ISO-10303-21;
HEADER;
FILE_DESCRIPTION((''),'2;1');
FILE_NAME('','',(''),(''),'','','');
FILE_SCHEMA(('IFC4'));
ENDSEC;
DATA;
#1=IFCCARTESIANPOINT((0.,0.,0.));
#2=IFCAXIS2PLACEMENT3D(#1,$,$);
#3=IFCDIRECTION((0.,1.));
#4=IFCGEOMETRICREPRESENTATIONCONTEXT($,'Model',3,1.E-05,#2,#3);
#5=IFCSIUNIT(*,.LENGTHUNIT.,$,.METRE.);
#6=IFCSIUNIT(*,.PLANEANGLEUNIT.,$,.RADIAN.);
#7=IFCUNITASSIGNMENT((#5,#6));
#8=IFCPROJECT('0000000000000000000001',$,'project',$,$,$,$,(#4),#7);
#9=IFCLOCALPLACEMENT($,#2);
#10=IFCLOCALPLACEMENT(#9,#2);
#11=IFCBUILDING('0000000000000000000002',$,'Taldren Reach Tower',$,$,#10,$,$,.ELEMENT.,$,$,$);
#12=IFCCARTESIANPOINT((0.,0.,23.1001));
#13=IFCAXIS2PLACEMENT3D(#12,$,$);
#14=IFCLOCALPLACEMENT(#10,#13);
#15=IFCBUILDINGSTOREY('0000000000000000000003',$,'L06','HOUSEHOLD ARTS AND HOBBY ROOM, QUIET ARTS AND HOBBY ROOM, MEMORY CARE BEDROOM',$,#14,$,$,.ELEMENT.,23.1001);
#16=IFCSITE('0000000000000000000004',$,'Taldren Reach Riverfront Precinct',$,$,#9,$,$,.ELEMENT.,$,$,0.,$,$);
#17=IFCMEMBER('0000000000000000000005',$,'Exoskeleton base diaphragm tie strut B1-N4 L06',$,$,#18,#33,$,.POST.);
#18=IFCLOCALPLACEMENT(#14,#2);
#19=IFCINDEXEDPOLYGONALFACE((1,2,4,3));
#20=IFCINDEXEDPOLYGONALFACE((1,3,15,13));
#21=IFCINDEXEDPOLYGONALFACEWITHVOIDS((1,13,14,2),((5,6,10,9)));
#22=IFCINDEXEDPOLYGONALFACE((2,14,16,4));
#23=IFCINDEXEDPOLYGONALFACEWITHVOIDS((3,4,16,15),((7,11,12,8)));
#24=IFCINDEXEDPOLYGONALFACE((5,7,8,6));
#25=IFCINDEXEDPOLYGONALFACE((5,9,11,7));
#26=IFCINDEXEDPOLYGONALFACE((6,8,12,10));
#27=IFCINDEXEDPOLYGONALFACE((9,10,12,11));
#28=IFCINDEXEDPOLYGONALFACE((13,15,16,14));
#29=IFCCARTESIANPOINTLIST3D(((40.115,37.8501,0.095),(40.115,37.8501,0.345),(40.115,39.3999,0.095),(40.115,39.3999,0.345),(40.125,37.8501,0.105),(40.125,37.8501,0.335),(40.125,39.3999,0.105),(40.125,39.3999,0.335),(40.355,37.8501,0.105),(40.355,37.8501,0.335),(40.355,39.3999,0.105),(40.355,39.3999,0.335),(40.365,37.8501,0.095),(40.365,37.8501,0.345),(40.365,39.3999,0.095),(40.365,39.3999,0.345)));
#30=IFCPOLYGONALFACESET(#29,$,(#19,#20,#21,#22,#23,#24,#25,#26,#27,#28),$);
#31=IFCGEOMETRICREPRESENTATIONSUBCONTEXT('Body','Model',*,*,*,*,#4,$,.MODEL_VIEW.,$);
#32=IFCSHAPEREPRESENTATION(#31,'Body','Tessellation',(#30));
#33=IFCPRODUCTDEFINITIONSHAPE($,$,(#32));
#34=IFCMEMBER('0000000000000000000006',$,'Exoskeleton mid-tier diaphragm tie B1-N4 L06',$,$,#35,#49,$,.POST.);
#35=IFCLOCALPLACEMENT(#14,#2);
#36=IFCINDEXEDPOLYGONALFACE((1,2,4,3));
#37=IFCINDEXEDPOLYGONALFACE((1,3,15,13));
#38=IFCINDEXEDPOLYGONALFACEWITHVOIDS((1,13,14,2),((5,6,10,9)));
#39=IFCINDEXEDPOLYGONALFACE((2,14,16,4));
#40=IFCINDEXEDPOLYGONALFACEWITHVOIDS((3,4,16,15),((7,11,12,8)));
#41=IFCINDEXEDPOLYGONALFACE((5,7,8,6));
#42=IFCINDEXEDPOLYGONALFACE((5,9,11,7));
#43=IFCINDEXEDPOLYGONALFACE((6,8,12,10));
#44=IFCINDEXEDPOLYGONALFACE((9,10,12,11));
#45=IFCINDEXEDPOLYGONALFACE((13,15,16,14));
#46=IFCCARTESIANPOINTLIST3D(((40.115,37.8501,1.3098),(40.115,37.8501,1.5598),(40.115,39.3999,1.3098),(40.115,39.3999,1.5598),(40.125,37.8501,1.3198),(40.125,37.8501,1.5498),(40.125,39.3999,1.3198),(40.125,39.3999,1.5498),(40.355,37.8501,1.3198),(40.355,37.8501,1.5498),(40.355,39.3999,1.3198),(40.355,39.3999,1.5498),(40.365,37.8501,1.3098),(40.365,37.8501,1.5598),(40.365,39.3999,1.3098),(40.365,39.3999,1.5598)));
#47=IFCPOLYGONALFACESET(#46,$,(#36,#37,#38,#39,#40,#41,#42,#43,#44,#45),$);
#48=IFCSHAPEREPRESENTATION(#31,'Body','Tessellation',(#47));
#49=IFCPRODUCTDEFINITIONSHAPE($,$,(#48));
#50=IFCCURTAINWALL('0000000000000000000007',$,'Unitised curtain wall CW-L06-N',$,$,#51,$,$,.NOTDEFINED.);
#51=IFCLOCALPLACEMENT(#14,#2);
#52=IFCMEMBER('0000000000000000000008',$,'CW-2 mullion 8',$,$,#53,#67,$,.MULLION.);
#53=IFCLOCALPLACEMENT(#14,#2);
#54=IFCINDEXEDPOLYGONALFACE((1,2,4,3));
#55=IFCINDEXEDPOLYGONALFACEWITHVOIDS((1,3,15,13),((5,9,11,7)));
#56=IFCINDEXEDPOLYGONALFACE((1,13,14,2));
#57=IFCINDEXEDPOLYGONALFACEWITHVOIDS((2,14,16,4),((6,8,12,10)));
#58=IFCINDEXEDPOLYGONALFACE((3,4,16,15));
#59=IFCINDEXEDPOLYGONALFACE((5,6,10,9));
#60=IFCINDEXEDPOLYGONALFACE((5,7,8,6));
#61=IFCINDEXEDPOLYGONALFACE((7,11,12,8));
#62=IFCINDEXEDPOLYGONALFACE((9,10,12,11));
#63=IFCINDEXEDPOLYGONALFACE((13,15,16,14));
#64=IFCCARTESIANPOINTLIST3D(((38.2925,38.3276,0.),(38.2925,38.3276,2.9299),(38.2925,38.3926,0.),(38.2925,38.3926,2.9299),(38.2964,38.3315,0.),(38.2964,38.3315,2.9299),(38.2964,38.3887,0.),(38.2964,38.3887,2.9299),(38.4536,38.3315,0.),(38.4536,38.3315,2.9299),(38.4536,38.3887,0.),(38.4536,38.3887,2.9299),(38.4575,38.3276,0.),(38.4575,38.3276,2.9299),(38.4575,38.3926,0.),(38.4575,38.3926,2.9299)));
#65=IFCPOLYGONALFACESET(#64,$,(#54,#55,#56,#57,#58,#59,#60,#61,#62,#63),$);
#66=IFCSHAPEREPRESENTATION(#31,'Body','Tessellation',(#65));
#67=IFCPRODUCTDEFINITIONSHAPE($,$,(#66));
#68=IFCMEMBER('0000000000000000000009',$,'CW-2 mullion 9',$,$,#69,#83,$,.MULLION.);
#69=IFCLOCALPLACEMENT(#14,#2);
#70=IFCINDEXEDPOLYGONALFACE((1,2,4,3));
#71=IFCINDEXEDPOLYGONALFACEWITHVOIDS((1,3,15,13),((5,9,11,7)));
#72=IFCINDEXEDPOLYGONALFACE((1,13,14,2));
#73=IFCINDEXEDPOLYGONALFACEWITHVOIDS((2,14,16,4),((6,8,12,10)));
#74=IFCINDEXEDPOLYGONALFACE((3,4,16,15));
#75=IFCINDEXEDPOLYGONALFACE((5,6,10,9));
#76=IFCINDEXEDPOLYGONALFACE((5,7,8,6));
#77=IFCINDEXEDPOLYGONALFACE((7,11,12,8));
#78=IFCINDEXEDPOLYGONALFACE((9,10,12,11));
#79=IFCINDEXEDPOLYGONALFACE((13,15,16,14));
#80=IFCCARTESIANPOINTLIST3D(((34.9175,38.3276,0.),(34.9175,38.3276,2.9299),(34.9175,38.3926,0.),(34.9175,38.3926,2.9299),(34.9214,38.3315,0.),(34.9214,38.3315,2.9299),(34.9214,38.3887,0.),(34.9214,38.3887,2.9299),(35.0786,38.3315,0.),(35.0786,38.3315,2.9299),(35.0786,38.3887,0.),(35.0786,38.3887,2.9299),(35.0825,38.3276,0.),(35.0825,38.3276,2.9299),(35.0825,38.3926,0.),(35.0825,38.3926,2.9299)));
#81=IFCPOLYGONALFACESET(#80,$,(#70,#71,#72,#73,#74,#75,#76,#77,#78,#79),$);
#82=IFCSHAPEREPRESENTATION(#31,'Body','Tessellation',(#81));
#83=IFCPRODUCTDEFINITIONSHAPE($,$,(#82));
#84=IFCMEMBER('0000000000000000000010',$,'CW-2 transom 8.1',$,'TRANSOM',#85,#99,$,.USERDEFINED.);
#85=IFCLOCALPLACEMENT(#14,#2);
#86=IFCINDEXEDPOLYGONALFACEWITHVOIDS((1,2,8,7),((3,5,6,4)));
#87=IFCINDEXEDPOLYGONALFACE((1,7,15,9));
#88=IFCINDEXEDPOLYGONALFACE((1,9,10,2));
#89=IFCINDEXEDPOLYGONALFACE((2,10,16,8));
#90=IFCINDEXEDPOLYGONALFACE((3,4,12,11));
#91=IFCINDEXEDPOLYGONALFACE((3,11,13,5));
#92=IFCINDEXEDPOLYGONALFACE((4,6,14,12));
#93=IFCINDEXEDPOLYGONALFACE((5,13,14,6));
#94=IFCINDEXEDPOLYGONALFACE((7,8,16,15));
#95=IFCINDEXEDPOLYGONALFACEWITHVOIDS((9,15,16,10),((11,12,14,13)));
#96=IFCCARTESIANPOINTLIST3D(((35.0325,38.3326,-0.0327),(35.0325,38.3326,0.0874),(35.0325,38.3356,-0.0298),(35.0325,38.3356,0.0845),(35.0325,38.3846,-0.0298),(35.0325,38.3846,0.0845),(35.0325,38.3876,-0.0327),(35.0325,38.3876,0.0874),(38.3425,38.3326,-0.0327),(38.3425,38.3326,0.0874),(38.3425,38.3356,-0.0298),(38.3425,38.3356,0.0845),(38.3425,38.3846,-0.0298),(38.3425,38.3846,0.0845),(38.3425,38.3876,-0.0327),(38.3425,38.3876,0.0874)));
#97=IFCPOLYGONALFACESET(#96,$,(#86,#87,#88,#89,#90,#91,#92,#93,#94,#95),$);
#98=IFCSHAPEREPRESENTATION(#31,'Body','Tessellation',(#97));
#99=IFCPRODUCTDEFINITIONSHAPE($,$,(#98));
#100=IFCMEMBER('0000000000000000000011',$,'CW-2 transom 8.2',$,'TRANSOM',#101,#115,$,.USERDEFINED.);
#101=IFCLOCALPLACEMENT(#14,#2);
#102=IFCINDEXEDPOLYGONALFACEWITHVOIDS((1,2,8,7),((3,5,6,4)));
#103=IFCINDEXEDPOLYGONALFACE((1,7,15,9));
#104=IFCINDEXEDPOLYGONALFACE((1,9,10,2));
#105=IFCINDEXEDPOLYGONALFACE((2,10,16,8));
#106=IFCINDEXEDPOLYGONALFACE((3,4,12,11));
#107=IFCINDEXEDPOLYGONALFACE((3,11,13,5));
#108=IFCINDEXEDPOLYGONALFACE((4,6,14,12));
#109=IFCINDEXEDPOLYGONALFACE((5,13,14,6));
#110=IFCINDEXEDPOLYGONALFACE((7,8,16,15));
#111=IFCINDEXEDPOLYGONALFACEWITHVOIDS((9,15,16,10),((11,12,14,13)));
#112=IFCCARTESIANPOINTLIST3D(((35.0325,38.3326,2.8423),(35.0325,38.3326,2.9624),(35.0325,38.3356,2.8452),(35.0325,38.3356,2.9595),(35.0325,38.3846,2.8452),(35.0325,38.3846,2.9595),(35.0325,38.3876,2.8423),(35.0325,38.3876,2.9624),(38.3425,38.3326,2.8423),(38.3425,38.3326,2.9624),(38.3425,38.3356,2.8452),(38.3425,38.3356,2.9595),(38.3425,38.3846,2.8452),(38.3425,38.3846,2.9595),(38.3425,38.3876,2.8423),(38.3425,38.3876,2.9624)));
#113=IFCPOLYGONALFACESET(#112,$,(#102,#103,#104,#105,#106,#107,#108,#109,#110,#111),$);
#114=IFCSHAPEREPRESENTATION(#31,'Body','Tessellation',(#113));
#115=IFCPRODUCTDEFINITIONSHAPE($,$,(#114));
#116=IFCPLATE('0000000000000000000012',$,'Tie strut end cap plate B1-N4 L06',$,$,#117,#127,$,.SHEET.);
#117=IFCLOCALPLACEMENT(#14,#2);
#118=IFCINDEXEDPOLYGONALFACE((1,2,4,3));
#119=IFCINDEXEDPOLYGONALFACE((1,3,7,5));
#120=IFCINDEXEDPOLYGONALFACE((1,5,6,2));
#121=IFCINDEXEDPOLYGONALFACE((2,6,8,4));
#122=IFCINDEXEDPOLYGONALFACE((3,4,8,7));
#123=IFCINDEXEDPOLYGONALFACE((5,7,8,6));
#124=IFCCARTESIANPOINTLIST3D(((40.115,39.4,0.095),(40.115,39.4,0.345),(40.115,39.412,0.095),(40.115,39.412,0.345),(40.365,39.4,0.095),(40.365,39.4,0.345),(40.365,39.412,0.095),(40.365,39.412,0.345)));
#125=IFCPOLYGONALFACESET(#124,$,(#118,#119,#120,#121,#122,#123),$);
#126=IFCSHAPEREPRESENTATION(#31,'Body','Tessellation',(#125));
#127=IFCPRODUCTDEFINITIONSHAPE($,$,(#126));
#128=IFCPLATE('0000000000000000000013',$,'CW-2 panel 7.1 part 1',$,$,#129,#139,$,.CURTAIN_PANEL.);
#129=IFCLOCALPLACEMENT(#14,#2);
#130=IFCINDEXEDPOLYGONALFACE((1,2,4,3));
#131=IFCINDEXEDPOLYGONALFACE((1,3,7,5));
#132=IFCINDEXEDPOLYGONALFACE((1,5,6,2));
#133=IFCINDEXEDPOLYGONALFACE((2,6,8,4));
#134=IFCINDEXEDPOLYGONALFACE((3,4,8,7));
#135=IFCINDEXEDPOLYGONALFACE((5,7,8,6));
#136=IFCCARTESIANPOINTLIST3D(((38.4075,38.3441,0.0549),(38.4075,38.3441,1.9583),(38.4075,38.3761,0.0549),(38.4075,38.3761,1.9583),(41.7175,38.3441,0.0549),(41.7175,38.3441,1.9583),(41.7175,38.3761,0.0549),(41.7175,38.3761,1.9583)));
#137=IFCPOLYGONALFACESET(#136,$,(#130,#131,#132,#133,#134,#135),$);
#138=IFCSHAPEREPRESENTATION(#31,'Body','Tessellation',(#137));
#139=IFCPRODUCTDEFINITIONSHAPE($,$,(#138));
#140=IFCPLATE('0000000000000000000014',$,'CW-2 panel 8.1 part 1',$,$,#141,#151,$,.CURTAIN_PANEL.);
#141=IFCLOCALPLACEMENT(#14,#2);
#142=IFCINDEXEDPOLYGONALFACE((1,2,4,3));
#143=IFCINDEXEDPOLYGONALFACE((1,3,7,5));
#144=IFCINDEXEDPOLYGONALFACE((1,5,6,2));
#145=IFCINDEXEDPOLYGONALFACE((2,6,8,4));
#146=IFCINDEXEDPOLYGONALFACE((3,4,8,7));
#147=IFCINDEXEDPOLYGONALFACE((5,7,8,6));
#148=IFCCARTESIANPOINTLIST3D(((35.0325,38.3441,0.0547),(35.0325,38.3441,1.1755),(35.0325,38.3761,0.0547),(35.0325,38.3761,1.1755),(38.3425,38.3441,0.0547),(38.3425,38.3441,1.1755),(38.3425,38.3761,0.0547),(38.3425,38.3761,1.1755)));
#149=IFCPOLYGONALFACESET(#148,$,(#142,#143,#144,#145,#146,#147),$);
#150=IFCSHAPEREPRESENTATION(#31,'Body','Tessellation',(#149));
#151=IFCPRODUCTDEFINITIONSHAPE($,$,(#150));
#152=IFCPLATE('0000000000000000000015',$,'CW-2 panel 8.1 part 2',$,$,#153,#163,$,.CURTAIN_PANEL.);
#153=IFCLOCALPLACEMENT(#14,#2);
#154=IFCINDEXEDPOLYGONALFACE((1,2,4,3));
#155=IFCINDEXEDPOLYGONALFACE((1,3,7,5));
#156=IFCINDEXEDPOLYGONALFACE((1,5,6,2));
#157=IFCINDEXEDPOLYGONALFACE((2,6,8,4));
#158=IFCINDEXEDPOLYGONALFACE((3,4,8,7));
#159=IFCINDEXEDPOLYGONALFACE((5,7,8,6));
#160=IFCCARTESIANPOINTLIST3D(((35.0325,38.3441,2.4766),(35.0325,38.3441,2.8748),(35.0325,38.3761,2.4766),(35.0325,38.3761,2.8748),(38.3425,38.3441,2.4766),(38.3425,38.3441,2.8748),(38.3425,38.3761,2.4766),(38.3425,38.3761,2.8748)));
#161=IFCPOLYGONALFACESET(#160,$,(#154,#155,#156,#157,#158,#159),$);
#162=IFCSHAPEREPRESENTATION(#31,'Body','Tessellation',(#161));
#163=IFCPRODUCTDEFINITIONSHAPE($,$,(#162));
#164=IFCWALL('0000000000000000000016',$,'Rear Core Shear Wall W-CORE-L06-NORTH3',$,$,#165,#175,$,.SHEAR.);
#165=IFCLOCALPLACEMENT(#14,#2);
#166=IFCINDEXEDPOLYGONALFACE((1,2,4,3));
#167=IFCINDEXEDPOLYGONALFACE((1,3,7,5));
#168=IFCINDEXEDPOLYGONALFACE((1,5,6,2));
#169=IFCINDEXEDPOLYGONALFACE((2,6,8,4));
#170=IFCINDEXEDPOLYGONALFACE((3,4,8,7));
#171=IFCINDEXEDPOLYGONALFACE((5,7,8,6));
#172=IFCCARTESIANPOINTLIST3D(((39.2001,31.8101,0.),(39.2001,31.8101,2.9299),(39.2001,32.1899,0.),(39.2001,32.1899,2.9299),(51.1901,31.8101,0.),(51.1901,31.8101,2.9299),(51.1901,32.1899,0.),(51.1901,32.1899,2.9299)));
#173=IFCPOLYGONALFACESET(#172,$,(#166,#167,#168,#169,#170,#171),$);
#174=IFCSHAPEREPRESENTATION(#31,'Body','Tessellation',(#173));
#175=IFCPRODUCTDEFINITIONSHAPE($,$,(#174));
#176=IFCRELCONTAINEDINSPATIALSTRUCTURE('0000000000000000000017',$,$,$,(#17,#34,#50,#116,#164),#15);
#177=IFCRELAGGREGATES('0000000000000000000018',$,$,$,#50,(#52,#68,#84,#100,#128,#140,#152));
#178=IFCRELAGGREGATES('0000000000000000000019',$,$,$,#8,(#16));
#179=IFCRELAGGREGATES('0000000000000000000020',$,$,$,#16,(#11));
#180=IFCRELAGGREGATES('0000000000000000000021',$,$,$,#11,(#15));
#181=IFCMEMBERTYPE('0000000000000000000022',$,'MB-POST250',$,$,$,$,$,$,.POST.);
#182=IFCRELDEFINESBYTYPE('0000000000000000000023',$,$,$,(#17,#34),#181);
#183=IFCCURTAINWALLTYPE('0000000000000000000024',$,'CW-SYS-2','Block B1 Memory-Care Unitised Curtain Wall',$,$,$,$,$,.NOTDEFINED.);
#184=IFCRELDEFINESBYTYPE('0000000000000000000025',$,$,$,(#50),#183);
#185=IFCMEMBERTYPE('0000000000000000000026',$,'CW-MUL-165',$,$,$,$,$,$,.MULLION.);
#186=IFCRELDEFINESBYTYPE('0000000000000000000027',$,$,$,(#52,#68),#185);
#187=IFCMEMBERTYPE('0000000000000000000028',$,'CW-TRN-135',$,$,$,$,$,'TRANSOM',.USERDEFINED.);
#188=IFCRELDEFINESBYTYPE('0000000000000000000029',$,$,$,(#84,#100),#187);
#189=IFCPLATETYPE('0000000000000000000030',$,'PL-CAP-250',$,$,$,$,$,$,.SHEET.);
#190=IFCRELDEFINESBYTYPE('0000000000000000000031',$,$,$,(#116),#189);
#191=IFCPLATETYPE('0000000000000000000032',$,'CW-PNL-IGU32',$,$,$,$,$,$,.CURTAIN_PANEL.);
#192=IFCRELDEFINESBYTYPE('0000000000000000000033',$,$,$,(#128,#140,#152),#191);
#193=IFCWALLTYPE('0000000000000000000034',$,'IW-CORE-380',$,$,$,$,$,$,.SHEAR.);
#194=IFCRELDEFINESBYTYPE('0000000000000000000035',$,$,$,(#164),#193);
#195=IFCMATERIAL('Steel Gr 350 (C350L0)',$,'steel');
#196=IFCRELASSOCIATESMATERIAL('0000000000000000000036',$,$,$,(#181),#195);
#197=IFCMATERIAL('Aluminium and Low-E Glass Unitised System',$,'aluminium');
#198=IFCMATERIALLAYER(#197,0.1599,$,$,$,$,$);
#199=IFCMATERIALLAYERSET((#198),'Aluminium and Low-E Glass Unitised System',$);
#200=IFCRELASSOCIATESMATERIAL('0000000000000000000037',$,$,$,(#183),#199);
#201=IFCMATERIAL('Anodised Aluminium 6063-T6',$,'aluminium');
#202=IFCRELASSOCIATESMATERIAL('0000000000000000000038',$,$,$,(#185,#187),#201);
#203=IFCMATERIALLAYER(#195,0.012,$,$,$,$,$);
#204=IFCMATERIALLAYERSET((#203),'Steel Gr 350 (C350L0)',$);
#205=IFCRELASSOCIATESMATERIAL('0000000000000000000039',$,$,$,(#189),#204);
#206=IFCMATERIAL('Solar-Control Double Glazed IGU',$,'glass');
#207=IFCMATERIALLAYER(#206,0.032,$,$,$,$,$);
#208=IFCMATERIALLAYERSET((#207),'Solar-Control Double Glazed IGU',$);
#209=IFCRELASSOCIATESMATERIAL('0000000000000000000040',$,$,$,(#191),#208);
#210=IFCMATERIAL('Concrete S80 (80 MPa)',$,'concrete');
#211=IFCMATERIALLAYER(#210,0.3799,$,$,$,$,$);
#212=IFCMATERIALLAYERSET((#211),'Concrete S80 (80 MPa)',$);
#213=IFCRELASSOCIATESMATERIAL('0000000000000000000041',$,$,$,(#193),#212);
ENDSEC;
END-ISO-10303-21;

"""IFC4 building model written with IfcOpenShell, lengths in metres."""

from ifc_helpers import new_model, si_unit, direction, frame, frame_2d, origin, origin_2d, place, context, subcontext, project, spatial, rectangle, hollow_rectangle, extrude, source, transform, mapped, material, layer, layer_set, material_profile, profile_set, type_object, element, aggregate, save


model = new_model("IFC4")

# Units and contexts
model_context = context("Model", 3, precision=1e-05, world=origin(), true_north=direction((0.0, 1.0)))
body_context = subcontext(model_context, "Body", "Model", "MODEL_VIEW")
ifc_project = project(units=[si_unit("LENGTHUNIT", "METRE"), si_unit("PLANEANGLEUNIT", "RADIAN")], contexts=[model_context])

# Site, building, storey
site_placement = place(None, origin())
site = spatial("IfcSite", under=ifc_project, at=site_placement, Name="Taldren Reach Riverfront Precinct", CompositionType="ELEMENT", RefElevation=0.0)
building_placement = place(site_placement, origin())
building = spatial("IfcBuilding", under=site, at=building_placement, Name="Taldren Reach Tower", CompositionType="ELEMENT")
storey_placement = place(building_placement, frame((0.0, 0.0, 23.1001)))
storey = spatial("IfcBuildingStorey", under=building, at=storey_placement, Name="L06", Description="HOUSEHOLD ARTS AND HOBBY ROOM, QUIET ARTS AND HOBBY ROOM, MEMORY CARE BEDROOM", CompositionType="ELEMENT", Elevation=23.1001)

# Members
ifc_material_1 = material(Name="Steel Gr 350 (C350L0)", Category="steel")
ifc_material_profile_1 = material_profile(ifc_material_1, hollow_rectangle(XDim=0.25, YDim=0.25, WallThickness=0.01, at=origin_2d()), Name="250x250x10.0SHS")
ifc_profile_set_1 = profile_set([ifc_material_profile_1], Name="Steel Gr 350 (C350L0)")
member_type_1 = type_object("IfcMemberType", Name="MB-POST250", PredefinedType="POST", material=ifc_profile_set_1)
shared_shape_1 = source(origin(), body_context, "Body", "SweptSolid", [
    extrude(hollow_rectangle(XDim=0.25, YDim=0.25, WallThickness=0.01, at=origin_2d()), origin(), (0.0, 0.0, 1.0), 1.5498),
])
for number, where, z_axis, x_axis, name in (
    (1, (40.24, 37.8501, 0.22), (0.0, 1.0, 0.0), (-1.0, 0.0, 0.0), "Exoskeleton base diaphragm tie strut B1-N4 L06"),
    (2, (40.24, 37.8501, 1.4348), (0.0, 1.0, 0.0), (-1.0, 0.0, 0.0), "Exoskeleton mid-tier diaphragm tie B1-N4 L06"),
):
    element("IfcMember", number, at=place(storey_placement, frame(where, z_axis=z_axis, x_axis=x_axis)), inside=storey, type_object=member_type_1, Name=name, PredefinedType="POST", context=body_context, shape_type="MappedRepresentation", body=[
        mapped(shared_shape_1, transform((0.0, 0.0, 0.0), scale=1.0)),
    ])

# Curtain wall, members
ifc_material_2 = material(Name="Aluminium and Low-E Glass Unitised System", Category="aluminium")
ifc_layer_1 = layer(ifc_material_2, 0.1599)
ifc_layer_set_1 = layer_set([ifc_layer_1], Name="Aluminium and Low-E Glass Unitised System")
curtain_wall_type = type_object("IfcCurtainWallType", Name="CW-SYS-2", Description="Block B1 Memory-Care Unitised Curtain Wall", PredefinedType="NOTDEFINED", material=ifc_layer_set_1)
curtain_wall_placement = place(storey_placement, origin())
curtain_wall = element("IfcCurtainWall", 3, at=curtain_wall_placement, inside=storey, type_object=curtain_wall_type, Name="Unitised curtain wall CW-L06-N", PredefinedType="NOTDEFINED")
ifc_material_3 = material(Name="Anodised Aluminium 6063-T6", Category="aluminium")
ifc_material_profile_2 = material_profile(ifc_material_3, hollow_rectangle(XDim=0.0649, YDim=0.165, WallThickness=0.0039, at=origin_2d()), Name="ALU-165x65x4RHS")
ifc_profile_set_2 = profile_set([ifc_material_profile_2], Name="Anodised Aluminium 6063-T6")
member_type_2 = type_object("IfcMemberType", Name="CW-MUL-165", PredefinedType="MULLION", material=ifc_profile_set_2)
shared_shape_2 = source(origin(), body_context, "Body", "SweptSolid", [
    extrude(hollow_rectangle(XDim=0.0649, YDim=0.165, WallThickness=0.0039, at=origin_2d()), origin(), (0.0, 0.0, 1.0), 2.9299),
])
member_1_placement = place(storey_placement, frame((38.375, 38.3601, 0.0), z_axis=(0.0, 0.0, 1.0), x_axis=(0.0, -1.0, 0.0)))
member_1 = element("IfcMember", 4, at=member_1_placement, type_object=member_type_2, Name="CW-2 mullion 8", PredefinedType="MULLION", context=body_context, shape_type="MappedRepresentation", body=[
    mapped(shared_shape_2, transform((0.0, 0.0, 0.0), scale=1.0)),
])
member_2_placement = place(storey_placement, frame((35.0, 38.3601, 0.0), z_axis=(0.0, 0.0, 1.0), x_axis=(0.0, -1.0, 0.0)))
member_2 = element("IfcMember", 5, at=member_2_placement, type_object=member_type_2, Name="CW-2 mullion 9", PredefinedType="MULLION", context=body_context, shape_type="MappedRepresentation", body=[
    mapped(shared_shape_2, transform((0.0, 0.0, 0.0), scale=1.0)),
])
ifc_material_profile_3 = material_profile(ifc_material_3, hollow_rectangle(XDim=0.0549, YDim=0.1201, WallThickness=0.0029, at=origin_2d()), Name="ALU-120x55x3RHS")
ifc_profile_set_3 = profile_set([ifc_material_profile_3], Name="Anodised Aluminium 6063-T6")
member_type_3 = type_object("IfcMemberType", Name="CW-TRN-135", ElementType="TRANSOM", PredefinedType="USERDEFINED", material=ifc_profile_set_3)
shared_shape_3 = source(origin(), body_context, "Body", "SweptSolid", [
    extrude(hollow_rectangle(XDim=0.0549, YDim=0.1201, WallThickness=0.0029, at=origin_2d()), origin(), (0.0, 0.0, 1.0), 3.3101),
])
member_3_placement = place(storey_placement, frame((38.3425, 38.3601, 0.0273), z_axis=(-1.0, 0.0, 0.0), x_axis=(0.0, -1.0, 0.0)))
member_3 = element("IfcMember", 6, at=member_3_placement, type_object=member_type_3, Name="CW-2 transom 8.1", ObjectType="TRANSOM", PredefinedType="USERDEFINED", context=body_context, shape_type="MappedRepresentation", body=[
    mapped(shared_shape_3, transform((0.0, 0.0, 0.0), scale=1.0)),
])
member_4_placement = place(storey_placement, frame((38.3425, 38.3601, 2.9023), z_axis=(-1.0, 0.0, 0.0), x_axis=(0.0, -1.0, 0.0)))
member_4 = element("IfcMember", 7, at=member_4_placement, type_object=member_type_3, Name="CW-2 transom 8.2", ObjectType="TRANSOM", PredefinedType="USERDEFINED", context=body_context, shape_type="MappedRepresentation", body=[
    mapped(shared_shape_3, transform((0.0, 0.0, 0.0), scale=1.0)),
])

# Plates
ifc_layer_2 = layer(ifc_material_1, 0.012)
ifc_layer_set_2 = layer_set([ifc_layer_2], Name="Steel Gr 350 (C350L0)")
plate_type_1 = type_object("IfcPlateType", Name="PL-CAP-250", PredefinedType="SHEET", material=ifc_layer_set_2)
shared_shape_4 = source(origin(), body_context, "Body", "SweptSolid", [
    extrude(rectangle(XDim=0.25, YDim=0.012, at=origin_2d()), origin(), (0.0, 0.0, 1.0), 0.25),
])
plate_1_placement = place(storey_placement, frame((40.24, 39.406, 0.095), z_axis=(0.0, 0.0, 1.0), x_axis=(1.0, 0.0, 0.0)))
element("IfcPlate", 8, at=plate_1_placement, inside=storey, type_object=plate_type_1, Name="Tie strut end cap plate B1-N4 L06", PredefinedType="SHEET", context=body_context, shape_type="MappedRepresentation", body=[
    mapped(shared_shape_4, transform((0.0, 0.0, 0.0), scale=1.0)),
])
ifc_material_4 = material(Name="Solar-Control Double Glazed IGU", Category="glass")
ifc_layer_3 = layer(ifc_material_4, 0.032)
ifc_layer_set_3 = layer_set([ifc_layer_3], Name="Solar-Control Double Glazed IGU")
plate_type_2 = type_object("IfcPlateType", Name="CW-PNL-IGU32", PredefinedType="CURTAIN_PANEL", material=ifc_layer_set_3)
shared_shape_5 = source(origin(), body_context, "Body", "SweptSolid", [
    extrude(rectangle(XDim=3.3101, YDim=0.032, at=origin_2d()), origin(), (0.0, 0.0, 1.0), 1.9033),
])
plate_2_placement = place(storey_placement, frame((40.0625, 38.3601, 0.0549), z_axis=(0.0, 0.0, 1.0), x_axis=(-1.0, 0.0, 0.0)))
plate_2 = element("IfcPlate", 9, at=plate_2_placement, type_object=plate_type_2, Name="CW-2 panel 7.1 part 1", PredefinedType="CURTAIN_PANEL", context=body_context, shape_type="MappedRepresentation", body=[
    mapped(shared_shape_5, transform((0.0, 0.0, 0.0), scale=1.0)),
])
shared_shape_6 = source(origin(), body_context, "Body", "SweptSolid", [
    extrude(rectangle(XDim=3.3101, YDim=0.032, at=origin_2d()), origin(), (0.0, 0.0, 1.0), 1.1208),
])
plate_3_placement = place(storey_placement, frame((36.6875, 38.3601, 0.0547), z_axis=(0.0, 0.0, 1.0), x_axis=(-1.0, 0.0, 0.0)))
plate_3 = element("IfcPlate", 10, at=plate_3_placement, type_object=plate_type_2, Name="CW-2 panel 8.1 part 1", PredefinedType="CURTAIN_PANEL", context=body_context, shape_type="MappedRepresentation", body=[
    mapped(shared_shape_6, transform((0.0, 0.0, 0.0), scale=1.0)),
])
shared_shape_7 = source(origin(), body_context, "Body", "SweptSolid", [
    extrude(rectangle(XDim=3.3101, YDim=0.032, at=origin_2d()), origin(), (0.0, 0.0, 1.0), 0.3982),
])
plate_4_placement = place(storey_placement, frame((36.6875, 38.3601, 2.4766), z_axis=(0.0, 0.0, 1.0), x_axis=(-1.0, 0.0, 0.0)))
plate_4 = element("IfcPlate", 11, at=plate_4_placement, type_object=plate_type_2, Name="CW-2 panel 8.1 part 2", PredefinedType="CURTAIN_PANEL", context=body_context, shape_type="MappedRepresentation", body=[
    mapped(shared_shape_7, transform((0.0, 0.0, 0.0), scale=1.0)),
])
aggregate(curtain_wall, [member_1, member_2, member_3, member_4, plate_2, plate_3, plate_4])

# Wall
ifc_material_5 = material(Name="Concrete S80 (80 MPa)", Category="concrete")
ifc_layer_4 = layer(ifc_material_5, 0.3799)
ifc_layer_set_4 = layer_set([ifc_layer_4], Name="Concrete S80 (80 MPa)")
wall_type = type_object("IfcWallType", Name="IW-CORE-380", PredefinedType="SHEAR", material=ifc_layer_set_4)
shared_shape_8 = source(origin(), body_context, "Body", "SweptSolid", [
    extrude(rectangle(XDim=11.99, YDim=0.3799, at=frame_2d((5.9951, 0.0))), origin(), (0.0, 0.0, 1.0), 2.9299),
])
wall_placement = place(storey_placement, frame((39.2, 32.0, 0.0), z_axis=(0.0, 0.0, 1.0), x_axis=(1.0, 0.0, 0.0)))
element("IfcWall", 12, at=wall_placement, inside=storey, type_object=wall_type, Name="Rear Core Shear Wall W-CORE-L06-NORTH3", PredefinedType="SHEAR", context=body_context, shape_type="MappedRepresentation", body=[
    mapped(shared_shape_8, transform((0.0, 0.0, 0.0), scale=1.0)),
])

save(model, "model.ifc")
